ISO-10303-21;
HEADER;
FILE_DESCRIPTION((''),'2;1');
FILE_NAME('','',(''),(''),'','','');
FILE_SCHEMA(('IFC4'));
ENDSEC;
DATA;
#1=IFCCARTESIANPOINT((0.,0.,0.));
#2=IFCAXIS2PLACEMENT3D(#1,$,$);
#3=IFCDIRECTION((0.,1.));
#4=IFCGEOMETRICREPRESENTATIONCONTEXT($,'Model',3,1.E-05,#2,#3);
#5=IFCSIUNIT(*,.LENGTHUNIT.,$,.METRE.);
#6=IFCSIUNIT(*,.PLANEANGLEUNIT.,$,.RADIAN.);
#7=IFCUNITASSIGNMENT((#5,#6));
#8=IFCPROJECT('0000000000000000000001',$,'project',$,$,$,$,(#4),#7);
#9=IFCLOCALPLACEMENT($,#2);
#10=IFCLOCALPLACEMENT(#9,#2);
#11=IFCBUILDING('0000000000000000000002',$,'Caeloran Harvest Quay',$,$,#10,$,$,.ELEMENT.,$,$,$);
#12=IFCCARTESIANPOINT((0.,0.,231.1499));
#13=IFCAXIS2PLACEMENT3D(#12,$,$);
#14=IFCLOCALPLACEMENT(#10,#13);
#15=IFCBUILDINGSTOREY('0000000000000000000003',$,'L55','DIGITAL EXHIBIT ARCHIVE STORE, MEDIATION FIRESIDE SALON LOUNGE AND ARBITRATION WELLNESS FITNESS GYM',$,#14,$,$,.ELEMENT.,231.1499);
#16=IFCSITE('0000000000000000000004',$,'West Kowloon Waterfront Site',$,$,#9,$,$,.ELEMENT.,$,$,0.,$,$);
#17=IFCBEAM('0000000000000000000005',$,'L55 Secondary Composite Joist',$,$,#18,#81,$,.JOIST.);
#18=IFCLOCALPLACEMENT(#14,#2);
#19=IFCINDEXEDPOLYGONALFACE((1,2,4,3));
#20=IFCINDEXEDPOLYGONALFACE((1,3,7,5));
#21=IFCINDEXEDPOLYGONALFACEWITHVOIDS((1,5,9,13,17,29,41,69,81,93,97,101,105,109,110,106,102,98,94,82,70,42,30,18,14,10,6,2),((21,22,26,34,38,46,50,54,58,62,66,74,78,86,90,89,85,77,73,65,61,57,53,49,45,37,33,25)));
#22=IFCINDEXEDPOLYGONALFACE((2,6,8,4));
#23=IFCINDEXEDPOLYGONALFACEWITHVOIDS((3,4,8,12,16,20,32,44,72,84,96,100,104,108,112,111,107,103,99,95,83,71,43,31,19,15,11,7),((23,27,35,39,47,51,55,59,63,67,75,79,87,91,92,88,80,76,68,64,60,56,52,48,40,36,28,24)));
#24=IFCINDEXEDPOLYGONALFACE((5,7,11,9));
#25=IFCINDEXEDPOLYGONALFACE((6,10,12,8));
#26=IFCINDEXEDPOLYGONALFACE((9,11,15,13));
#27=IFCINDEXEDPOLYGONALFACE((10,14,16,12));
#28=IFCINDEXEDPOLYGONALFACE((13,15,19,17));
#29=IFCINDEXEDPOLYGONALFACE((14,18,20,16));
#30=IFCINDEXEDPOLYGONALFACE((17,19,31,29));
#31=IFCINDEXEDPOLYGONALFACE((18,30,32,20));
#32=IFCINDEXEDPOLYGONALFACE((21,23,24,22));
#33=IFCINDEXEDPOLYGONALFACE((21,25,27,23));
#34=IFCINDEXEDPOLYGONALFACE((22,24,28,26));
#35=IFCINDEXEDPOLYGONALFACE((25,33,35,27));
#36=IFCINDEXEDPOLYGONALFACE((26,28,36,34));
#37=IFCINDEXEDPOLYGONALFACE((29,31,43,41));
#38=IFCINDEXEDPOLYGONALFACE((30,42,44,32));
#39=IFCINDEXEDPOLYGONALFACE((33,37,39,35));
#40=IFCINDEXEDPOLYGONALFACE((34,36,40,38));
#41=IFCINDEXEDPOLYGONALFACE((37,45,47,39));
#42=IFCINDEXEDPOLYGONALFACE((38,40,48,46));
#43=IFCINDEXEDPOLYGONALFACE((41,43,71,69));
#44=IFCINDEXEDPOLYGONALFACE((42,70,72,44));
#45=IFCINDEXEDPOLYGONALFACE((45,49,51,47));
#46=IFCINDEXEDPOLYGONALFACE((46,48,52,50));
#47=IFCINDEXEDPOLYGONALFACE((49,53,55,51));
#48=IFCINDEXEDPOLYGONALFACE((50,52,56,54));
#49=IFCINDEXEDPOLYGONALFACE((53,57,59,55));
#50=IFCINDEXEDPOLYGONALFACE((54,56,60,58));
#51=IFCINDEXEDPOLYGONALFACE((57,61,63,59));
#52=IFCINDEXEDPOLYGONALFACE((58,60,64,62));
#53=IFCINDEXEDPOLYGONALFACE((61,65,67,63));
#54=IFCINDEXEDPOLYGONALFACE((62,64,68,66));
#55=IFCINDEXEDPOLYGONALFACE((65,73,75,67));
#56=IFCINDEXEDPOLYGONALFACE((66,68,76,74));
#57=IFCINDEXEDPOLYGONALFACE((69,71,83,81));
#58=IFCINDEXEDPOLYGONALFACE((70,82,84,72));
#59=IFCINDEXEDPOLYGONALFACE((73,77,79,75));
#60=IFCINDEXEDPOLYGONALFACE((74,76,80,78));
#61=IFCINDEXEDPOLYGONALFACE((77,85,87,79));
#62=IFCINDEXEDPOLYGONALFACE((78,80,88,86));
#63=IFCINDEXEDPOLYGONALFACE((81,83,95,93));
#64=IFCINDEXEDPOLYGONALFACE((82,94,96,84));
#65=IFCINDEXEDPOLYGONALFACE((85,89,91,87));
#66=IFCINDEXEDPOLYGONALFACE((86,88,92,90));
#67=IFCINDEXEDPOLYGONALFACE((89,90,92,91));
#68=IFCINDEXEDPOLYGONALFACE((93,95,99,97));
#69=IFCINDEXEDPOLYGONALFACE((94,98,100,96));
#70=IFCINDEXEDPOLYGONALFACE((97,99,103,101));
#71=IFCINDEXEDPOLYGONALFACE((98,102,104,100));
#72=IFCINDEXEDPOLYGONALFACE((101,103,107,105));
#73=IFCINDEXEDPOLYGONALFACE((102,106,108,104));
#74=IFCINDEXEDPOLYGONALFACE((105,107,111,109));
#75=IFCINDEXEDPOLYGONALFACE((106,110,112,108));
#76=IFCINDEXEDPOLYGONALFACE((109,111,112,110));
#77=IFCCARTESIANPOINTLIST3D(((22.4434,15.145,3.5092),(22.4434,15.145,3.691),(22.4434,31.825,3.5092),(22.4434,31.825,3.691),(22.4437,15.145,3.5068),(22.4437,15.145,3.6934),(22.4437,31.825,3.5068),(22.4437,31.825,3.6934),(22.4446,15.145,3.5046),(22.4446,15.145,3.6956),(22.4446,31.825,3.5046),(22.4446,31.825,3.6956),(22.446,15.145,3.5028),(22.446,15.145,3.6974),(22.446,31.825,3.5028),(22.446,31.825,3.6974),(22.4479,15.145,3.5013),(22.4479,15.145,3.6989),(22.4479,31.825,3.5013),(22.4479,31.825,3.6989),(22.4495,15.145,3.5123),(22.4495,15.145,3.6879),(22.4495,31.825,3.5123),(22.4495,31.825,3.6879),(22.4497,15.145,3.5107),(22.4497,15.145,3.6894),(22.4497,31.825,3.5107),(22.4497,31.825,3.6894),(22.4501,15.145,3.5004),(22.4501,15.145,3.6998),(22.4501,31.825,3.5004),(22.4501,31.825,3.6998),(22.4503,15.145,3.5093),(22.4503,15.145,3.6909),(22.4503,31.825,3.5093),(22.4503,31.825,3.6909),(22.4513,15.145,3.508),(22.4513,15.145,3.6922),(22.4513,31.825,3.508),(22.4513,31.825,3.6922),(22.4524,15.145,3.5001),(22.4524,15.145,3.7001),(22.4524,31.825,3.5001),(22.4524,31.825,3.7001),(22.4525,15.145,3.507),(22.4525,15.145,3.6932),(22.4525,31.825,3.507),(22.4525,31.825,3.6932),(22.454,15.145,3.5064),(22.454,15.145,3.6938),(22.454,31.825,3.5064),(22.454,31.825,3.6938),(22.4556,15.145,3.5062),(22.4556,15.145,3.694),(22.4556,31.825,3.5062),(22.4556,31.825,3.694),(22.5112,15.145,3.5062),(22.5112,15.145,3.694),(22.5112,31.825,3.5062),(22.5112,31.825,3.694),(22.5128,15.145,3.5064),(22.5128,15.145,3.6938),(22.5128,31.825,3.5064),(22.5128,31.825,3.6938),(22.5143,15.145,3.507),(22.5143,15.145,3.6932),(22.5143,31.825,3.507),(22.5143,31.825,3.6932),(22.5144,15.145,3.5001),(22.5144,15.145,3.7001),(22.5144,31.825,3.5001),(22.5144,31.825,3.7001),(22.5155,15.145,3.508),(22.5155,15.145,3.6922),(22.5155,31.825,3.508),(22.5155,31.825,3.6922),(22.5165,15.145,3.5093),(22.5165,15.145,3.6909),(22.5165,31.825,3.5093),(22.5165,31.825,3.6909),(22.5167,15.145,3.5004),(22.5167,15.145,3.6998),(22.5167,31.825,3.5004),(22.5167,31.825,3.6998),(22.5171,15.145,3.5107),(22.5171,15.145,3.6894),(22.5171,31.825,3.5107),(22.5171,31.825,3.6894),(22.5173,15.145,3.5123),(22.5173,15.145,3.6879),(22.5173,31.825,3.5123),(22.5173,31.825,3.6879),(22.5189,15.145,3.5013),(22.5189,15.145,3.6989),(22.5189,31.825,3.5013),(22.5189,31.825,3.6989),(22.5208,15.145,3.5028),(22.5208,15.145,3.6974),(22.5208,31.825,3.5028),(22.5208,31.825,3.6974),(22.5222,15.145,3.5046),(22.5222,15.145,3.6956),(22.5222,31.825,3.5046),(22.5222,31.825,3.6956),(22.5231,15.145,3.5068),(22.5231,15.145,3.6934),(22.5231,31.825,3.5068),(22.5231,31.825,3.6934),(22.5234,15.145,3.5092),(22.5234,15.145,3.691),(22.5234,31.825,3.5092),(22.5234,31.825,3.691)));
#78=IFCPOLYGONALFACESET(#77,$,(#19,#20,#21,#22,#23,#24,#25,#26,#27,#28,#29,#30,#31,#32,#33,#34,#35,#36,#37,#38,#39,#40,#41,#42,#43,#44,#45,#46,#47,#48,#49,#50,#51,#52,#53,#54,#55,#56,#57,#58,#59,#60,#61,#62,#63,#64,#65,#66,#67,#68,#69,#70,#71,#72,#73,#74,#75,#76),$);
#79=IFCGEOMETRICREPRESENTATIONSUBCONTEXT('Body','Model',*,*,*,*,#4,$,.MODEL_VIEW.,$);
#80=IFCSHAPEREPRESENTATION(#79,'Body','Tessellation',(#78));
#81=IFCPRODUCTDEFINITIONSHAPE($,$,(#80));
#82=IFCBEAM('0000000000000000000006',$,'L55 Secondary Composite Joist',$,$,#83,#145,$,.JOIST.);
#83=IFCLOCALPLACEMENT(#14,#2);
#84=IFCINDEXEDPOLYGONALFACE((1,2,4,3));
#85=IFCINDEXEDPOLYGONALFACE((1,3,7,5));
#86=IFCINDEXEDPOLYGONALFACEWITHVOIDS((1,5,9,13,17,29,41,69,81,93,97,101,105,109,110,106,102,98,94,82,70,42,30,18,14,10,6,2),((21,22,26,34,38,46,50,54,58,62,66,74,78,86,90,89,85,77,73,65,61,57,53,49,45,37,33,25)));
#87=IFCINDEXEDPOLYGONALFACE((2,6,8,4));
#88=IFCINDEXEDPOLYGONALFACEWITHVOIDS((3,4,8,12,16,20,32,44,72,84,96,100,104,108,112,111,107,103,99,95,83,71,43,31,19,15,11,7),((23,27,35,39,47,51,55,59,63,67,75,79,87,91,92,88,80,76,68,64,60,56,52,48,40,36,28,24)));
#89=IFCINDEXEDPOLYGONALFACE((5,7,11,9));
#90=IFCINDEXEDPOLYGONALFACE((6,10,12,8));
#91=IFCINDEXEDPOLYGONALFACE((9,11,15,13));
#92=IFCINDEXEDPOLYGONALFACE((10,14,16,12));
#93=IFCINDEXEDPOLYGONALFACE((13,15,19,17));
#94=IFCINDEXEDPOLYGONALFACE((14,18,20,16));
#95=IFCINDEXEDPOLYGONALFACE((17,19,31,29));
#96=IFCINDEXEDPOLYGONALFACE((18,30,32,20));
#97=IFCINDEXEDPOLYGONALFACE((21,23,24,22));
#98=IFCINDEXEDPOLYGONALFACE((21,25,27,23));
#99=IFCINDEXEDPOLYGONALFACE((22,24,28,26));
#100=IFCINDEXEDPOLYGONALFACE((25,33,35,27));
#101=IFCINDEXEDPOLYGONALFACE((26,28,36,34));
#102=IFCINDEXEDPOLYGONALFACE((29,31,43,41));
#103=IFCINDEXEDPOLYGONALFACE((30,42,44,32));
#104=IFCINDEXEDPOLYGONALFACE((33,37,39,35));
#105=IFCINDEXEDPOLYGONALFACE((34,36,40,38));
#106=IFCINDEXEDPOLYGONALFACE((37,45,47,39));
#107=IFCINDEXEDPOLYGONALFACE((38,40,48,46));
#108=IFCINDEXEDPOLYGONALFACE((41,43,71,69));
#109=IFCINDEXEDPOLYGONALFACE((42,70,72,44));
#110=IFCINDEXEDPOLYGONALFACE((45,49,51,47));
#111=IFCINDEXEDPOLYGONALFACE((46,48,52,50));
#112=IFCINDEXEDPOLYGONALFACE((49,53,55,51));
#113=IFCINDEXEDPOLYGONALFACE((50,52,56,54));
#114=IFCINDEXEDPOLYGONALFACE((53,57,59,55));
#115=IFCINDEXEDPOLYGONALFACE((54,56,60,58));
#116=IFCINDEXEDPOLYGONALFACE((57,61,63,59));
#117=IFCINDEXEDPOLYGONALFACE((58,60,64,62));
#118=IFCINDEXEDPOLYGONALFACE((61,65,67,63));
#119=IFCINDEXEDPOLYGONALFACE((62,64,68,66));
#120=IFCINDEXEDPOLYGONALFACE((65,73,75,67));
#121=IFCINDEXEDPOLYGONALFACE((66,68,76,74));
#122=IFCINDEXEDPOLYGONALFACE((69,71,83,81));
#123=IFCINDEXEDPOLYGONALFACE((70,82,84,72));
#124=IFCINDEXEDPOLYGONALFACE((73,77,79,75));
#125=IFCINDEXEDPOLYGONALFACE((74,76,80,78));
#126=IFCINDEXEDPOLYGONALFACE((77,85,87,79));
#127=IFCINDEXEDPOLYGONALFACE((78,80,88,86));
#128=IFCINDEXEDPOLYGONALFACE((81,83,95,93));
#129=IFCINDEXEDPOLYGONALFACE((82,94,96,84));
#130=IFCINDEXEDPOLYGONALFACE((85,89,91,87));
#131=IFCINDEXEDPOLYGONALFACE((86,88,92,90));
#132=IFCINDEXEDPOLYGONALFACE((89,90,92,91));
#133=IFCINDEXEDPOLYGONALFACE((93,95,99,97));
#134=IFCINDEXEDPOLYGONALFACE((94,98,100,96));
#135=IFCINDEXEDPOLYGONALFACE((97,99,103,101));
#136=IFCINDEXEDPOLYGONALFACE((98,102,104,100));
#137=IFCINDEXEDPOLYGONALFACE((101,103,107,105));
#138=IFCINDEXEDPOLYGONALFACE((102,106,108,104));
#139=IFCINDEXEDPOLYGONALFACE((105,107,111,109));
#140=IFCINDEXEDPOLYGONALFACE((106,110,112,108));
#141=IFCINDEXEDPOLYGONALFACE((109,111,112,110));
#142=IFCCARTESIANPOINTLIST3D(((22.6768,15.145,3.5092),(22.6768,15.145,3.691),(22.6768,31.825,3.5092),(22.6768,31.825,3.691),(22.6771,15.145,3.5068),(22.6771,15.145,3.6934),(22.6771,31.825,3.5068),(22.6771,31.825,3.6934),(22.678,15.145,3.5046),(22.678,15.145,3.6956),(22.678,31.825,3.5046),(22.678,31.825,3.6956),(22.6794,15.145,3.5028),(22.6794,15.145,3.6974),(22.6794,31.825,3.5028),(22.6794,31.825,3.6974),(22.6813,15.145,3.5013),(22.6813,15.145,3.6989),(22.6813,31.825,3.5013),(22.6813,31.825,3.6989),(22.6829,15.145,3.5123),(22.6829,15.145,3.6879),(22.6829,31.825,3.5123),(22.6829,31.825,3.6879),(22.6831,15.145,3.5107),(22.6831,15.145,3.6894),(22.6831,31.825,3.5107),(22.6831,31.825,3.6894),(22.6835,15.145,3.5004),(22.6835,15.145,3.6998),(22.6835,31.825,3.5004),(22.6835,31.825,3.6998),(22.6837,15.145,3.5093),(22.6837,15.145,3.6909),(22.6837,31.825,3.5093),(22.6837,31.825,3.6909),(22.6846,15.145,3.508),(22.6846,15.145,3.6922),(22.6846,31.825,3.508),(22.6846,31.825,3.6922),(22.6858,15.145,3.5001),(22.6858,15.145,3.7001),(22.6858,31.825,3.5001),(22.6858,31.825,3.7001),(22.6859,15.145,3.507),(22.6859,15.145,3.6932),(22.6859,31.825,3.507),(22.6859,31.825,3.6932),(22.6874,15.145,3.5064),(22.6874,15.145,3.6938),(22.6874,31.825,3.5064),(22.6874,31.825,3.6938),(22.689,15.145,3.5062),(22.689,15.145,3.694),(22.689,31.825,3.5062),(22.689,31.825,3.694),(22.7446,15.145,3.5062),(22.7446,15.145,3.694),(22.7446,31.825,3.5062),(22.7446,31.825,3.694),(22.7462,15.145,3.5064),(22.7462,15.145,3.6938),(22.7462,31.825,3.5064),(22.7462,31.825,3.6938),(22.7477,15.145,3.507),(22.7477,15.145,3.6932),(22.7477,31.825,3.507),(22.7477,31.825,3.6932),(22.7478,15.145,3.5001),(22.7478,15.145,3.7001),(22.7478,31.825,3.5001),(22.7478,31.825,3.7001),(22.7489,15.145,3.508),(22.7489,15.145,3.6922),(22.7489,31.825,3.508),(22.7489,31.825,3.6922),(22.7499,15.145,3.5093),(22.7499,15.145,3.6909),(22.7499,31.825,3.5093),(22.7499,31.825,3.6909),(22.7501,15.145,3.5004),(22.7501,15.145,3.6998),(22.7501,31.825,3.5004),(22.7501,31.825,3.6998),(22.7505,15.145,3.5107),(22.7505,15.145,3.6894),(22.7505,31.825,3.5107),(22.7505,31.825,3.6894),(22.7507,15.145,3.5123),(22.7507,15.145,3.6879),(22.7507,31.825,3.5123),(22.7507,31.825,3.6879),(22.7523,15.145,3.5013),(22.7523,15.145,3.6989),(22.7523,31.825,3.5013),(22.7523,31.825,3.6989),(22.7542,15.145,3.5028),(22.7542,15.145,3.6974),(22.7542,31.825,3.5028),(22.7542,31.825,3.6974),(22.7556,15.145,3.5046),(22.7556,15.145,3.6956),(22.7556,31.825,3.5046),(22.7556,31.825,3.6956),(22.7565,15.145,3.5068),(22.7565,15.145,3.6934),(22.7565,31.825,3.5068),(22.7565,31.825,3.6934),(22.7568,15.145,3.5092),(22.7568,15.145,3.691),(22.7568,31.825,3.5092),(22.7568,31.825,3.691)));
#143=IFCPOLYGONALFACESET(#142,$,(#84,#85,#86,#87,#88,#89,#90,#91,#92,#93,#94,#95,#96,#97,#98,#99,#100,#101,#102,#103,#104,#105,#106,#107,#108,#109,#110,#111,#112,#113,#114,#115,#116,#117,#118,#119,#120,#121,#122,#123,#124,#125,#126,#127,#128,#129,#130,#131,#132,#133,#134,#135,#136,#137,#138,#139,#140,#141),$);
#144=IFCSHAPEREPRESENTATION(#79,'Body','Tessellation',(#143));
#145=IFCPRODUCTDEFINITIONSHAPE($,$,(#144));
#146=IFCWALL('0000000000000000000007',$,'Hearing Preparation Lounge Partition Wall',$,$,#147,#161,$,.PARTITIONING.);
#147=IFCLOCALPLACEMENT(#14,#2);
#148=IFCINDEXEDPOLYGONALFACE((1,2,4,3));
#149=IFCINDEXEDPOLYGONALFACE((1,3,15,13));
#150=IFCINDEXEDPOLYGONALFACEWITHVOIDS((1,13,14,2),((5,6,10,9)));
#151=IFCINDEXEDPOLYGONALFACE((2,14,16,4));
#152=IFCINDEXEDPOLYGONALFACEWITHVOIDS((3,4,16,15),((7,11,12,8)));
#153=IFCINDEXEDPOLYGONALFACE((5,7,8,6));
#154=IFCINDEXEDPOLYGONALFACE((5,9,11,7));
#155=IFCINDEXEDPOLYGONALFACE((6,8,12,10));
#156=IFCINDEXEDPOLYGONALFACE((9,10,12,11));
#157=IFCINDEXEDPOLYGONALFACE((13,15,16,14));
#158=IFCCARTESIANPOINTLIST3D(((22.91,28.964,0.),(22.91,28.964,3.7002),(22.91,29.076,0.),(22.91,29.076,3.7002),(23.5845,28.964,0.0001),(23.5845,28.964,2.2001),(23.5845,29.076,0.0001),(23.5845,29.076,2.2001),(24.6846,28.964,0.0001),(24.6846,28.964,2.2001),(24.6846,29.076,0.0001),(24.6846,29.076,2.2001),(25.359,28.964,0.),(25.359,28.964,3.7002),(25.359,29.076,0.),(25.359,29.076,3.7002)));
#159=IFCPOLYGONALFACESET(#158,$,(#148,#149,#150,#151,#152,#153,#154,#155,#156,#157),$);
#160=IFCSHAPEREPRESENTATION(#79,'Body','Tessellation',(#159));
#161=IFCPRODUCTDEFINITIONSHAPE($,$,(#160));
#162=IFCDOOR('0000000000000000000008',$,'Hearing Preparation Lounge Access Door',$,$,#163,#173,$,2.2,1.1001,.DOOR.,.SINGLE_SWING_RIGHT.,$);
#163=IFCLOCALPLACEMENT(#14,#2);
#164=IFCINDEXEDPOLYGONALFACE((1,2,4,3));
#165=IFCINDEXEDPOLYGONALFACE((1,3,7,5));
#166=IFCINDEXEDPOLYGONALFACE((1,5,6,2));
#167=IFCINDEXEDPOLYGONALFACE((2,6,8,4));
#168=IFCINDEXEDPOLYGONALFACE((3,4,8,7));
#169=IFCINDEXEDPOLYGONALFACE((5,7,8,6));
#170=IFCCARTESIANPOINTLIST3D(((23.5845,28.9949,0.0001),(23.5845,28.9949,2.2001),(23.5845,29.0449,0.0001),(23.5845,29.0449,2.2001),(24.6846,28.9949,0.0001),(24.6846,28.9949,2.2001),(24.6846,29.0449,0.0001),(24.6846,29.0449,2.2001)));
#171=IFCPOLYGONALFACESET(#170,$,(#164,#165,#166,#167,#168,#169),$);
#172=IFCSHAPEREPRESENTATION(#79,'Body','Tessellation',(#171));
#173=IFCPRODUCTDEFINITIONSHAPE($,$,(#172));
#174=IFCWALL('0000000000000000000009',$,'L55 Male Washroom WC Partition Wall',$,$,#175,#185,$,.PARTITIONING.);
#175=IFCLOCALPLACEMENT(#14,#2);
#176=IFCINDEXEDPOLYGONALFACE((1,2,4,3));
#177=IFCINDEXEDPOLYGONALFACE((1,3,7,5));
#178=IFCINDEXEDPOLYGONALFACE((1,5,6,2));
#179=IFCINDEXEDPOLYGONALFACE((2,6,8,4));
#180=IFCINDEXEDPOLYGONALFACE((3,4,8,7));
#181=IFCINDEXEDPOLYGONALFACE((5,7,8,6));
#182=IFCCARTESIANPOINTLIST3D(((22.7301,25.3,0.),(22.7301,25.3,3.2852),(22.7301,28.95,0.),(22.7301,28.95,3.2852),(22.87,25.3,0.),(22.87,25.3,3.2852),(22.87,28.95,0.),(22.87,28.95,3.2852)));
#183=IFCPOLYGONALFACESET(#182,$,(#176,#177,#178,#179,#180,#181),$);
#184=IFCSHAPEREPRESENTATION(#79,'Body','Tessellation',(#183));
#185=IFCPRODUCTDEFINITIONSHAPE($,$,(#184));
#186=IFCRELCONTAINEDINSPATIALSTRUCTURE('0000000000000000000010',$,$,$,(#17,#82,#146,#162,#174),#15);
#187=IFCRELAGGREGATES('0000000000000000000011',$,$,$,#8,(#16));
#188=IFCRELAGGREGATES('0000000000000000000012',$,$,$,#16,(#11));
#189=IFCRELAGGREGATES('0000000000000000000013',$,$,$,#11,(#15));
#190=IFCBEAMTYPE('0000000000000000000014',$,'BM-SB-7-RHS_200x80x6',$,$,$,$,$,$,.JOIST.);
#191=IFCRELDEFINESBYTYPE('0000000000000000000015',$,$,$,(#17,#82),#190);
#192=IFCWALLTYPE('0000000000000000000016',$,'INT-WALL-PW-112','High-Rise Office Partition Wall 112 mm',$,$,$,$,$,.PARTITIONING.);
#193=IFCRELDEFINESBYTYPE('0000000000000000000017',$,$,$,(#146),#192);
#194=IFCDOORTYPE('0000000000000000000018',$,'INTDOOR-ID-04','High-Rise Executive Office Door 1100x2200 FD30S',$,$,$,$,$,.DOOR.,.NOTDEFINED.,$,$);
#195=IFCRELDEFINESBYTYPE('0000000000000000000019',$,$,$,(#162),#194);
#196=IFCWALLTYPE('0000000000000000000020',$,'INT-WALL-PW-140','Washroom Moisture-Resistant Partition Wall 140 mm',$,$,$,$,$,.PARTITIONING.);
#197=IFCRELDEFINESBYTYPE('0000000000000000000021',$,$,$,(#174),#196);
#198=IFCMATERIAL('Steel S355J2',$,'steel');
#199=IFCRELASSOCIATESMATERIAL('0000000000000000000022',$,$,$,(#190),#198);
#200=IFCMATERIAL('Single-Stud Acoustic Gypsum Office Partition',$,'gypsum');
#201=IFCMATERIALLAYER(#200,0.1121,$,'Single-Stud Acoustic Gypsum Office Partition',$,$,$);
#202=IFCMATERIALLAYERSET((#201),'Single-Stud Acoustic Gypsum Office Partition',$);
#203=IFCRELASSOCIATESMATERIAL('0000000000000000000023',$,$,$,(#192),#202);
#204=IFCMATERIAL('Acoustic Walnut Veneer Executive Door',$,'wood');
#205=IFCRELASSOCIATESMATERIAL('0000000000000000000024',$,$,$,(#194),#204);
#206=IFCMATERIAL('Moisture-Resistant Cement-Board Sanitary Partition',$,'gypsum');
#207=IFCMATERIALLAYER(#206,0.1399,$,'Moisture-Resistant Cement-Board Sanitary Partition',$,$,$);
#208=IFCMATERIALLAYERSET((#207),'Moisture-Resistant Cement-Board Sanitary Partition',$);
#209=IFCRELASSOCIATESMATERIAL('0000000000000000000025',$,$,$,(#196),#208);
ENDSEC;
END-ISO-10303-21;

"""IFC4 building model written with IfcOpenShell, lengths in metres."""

from ifc_helpers import new_model, si_unit, direction, frame, frame_2d, origin, origin_2d, place, context, subcontext, project, spatial, rectangle, hollow_rectangle, extrude, material, layer, layer_set, material_profile, profile_set, type_object, element, fill, save


model = new_model("IFC4")

# Units and contexts
model_context = context("Model", 3, precision=1e-05, world=origin(), true_north=direction((0.0, 1.0)))
body_context = subcontext(model_context, "Body", "Model", "MODEL_VIEW")
ifc_project = project(units=[si_unit("LENGTHUNIT", "METRE"), si_unit("PLANEANGLEUNIT", "RADIAN")], contexts=[model_context])

# Site, building, storey
site_placement = place(None, origin())
site = spatial("IfcSite", under=ifc_project, at=site_placement, Name="West Kowloon Waterfront Site", CompositionType="ELEMENT", RefElevation=0.0)
building_placement = place(site_placement, origin())
building = spatial("IfcBuilding", under=site, at=building_placement, Name="Caeloran Harvest Quay", CompositionType="ELEMENT")
storey_placement = place(building_placement, frame((0.0, 0.0, 231.1499)))
storey = spatial("IfcBuildingStorey", under=building, at=storey_placement, Name="L55", Description="DIGITAL EXHIBIT ARCHIVE STORE, MEDIATION FIRESIDE SALON LOUNGE AND ARBITRATION WELLNESS FITNESS GYM", CompositionType="ELEMENT", Elevation=231.1499)

# Beams
ifc_material_1 = material(Name="Steel S355J2", Category="steel")
ifc_material_profile_1 = material_profile(ifc_material_1, hollow_rectangle(XDim=0.0801, YDim=0.2, WallThickness=0.0061, InnerFilletRadius=0.0061, OuterFilletRadius=0.009, at=origin_2d()), Name="RHS 200x80x6")
ifc_profile_set_1 = profile_set([ifc_material_profile_1], Name="Steel S355J2")
beam_type_1 = type_object("IfcBeamType", Name="BM-SB-7-RHS_200x80x6", PredefinedType="JOIST", material=ifc_profile_set_1)
for number, where, z_axis, x_axis, name in (
    (1, (22.4834, 15.145, 3.6001), (0.0, 1.0, 0.0), (-1.0, 0.0, 0.0), "L55 Secondary Composite Joist"),
    (2, (22.7168, 15.145, 3.6001), (0.0, 1.0, 0.0), (-1.0, 0.0, 0.0), "L55 Secondary Composite Joist"),
):
    element("IfcBeam", number, at=place(storey_placement, frame(where, z_axis=z_axis, x_axis=x_axis)), inside=storey, type_object=beam_type_1, Name=name, PredefinedType="JOIST", context=body_context, shape_type="SweptSolid", body=[
        extrude(hollow_rectangle(XDim=0.0801, YDim=0.2, WallThickness=0.0061, InnerFilletRadius=0.0061, OuterFilletRadius=0.009, at=origin_2d()), origin(), (0.0, 0.0, 1.0), 16.6799),
    ])

# Wall, opening, door
ifc_material_2 = material(Name="Single-Stud Acoustic Gypsum Office Partition", Category="gypsum")
ifc_layer_1 = layer(ifc_material_2, 0.1121, Name="Single-Stud Acoustic Gypsum Office Partition")
ifc_layer_set_1 = layer_set([ifc_layer_1], Name="Single-Stud Acoustic Gypsum Office Partition")
wall_type_1 = type_object("IfcWallType", Name="INT-WALL-PW-112", Description="High-Rise Office Partition Wall 112 mm", PredefinedType="PARTITIONING", material=ifc_layer_set_1)
wall_1_placement = place(storey_placement, frame((22.9099, 29.02, 0.0), z_axis=(0.0, 0.0, 1.0), x_axis=(1.0, 0.0, 0.0)))
wall_1 = element("IfcWall", 3, at=wall_1_placement, inside=storey, type_object=wall_type_1, Name="Hearing Preparation Lounge Partition Wall", PredefinedType="PARTITIONING", context=body_context, shape_type="SweptSolid", body=[
    extrude(rectangle(XDim=2.449, YDim=0.1121, at=frame_2d((1.2246, 0.0))), origin(), (0.0, 0.0, 1.0), 3.7002),
])
opening_placement = place(wall_1_placement, frame((0.6746, 0.0, 0.0)))
opening = element("IfcOpeningElement", 4, at=opening_placement, cuts=wall_1, PredefinedType="OPENING", context=body_context, shape_type="SweptSolid", body=[
    extrude(rectangle(XDim=1.1001, YDim=2.2, at=frame_2d((0.55, 1.1001))), frame((0.0, 0.0659, 0.0), z_axis=(0.0, -1.0, 0.0), x_axis=(1.0, 0.0, 0.0)), (0.0, 0.0, 1.0), 0.1321),
])
ifc_material_3 = material(Name="Acoustic Walnut Veneer Executive Door", Category="wood")
door_type = type_object("IfcDoorType", Name="INTDOOR-ID-04", Description="High-Rise Executive Office Door 1100x2200 FD30S", OperationType="NOTDEFINED", PredefinedType="DOOR", material=ifc_material_3)
door_placement = place(opening_placement, origin())
door = element("IfcDoor", 5, at=door_placement, inside=storey, type_object=door_type, Name="Hearing Preparation Lounge Access Door", OperationType="SINGLE_SWING_RIGHT", OverallHeight=2.2, OverallWidth=1.1001, PredefinedType="DOOR", context=body_context, shape_type="SweptSolid", body=[
    extrude(rectangle(XDim=1.1001, YDim=2.2, at=frame_2d((0.55, 1.1001))), frame((0.0, 0.0249, 0.0), z_axis=(0.0, -1.0, 0.0), x_axis=(1.0, 0.0, 0.0)), (0.0, 0.0, 1.0), 0.05),
])
fill(opening, door)

# Wall
ifc_material_4 = material(Name="Moisture-Resistant Cement-Board Sanitary Partition", Category="gypsum")
ifc_layer_2 = layer(ifc_material_4, 0.1399, Name="Moisture-Resistant Cement-Board Sanitary Partition")
ifc_layer_set_2 = layer_set([ifc_layer_2], Name="Moisture-Resistant Cement-Board Sanitary Partition")
wall_type_2 = type_object("IfcWallType", Name="INT-WALL-PW-140", Description="Washroom Moisture-Resistant Partition Wall 140 mm", PredefinedType="PARTITIONING", material=ifc_layer_set_2)
wall_2_placement = place(storey_placement, frame((22.8, 28.95, 0.0), z_axis=(0.0, 0.0, 1.0), x_axis=(0.0, -1.0, 0.0)))
element("IfcWall", 6, at=wall_2_placement, inside=storey, type_object=wall_type_2, Name="L55 Male Washroom WC Partition Wall", PredefinedType="PARTITIONING", context=body_context, shape_type="SweptSolid", body=[
    extrude(rectangle(XDim=3.6499, YDim=0.1399, at=frame_2d((1.825, 0.0))), origin(), (0.0, 0.0, 1.0), 3.2852),
])

save(model, "model.ifc")
